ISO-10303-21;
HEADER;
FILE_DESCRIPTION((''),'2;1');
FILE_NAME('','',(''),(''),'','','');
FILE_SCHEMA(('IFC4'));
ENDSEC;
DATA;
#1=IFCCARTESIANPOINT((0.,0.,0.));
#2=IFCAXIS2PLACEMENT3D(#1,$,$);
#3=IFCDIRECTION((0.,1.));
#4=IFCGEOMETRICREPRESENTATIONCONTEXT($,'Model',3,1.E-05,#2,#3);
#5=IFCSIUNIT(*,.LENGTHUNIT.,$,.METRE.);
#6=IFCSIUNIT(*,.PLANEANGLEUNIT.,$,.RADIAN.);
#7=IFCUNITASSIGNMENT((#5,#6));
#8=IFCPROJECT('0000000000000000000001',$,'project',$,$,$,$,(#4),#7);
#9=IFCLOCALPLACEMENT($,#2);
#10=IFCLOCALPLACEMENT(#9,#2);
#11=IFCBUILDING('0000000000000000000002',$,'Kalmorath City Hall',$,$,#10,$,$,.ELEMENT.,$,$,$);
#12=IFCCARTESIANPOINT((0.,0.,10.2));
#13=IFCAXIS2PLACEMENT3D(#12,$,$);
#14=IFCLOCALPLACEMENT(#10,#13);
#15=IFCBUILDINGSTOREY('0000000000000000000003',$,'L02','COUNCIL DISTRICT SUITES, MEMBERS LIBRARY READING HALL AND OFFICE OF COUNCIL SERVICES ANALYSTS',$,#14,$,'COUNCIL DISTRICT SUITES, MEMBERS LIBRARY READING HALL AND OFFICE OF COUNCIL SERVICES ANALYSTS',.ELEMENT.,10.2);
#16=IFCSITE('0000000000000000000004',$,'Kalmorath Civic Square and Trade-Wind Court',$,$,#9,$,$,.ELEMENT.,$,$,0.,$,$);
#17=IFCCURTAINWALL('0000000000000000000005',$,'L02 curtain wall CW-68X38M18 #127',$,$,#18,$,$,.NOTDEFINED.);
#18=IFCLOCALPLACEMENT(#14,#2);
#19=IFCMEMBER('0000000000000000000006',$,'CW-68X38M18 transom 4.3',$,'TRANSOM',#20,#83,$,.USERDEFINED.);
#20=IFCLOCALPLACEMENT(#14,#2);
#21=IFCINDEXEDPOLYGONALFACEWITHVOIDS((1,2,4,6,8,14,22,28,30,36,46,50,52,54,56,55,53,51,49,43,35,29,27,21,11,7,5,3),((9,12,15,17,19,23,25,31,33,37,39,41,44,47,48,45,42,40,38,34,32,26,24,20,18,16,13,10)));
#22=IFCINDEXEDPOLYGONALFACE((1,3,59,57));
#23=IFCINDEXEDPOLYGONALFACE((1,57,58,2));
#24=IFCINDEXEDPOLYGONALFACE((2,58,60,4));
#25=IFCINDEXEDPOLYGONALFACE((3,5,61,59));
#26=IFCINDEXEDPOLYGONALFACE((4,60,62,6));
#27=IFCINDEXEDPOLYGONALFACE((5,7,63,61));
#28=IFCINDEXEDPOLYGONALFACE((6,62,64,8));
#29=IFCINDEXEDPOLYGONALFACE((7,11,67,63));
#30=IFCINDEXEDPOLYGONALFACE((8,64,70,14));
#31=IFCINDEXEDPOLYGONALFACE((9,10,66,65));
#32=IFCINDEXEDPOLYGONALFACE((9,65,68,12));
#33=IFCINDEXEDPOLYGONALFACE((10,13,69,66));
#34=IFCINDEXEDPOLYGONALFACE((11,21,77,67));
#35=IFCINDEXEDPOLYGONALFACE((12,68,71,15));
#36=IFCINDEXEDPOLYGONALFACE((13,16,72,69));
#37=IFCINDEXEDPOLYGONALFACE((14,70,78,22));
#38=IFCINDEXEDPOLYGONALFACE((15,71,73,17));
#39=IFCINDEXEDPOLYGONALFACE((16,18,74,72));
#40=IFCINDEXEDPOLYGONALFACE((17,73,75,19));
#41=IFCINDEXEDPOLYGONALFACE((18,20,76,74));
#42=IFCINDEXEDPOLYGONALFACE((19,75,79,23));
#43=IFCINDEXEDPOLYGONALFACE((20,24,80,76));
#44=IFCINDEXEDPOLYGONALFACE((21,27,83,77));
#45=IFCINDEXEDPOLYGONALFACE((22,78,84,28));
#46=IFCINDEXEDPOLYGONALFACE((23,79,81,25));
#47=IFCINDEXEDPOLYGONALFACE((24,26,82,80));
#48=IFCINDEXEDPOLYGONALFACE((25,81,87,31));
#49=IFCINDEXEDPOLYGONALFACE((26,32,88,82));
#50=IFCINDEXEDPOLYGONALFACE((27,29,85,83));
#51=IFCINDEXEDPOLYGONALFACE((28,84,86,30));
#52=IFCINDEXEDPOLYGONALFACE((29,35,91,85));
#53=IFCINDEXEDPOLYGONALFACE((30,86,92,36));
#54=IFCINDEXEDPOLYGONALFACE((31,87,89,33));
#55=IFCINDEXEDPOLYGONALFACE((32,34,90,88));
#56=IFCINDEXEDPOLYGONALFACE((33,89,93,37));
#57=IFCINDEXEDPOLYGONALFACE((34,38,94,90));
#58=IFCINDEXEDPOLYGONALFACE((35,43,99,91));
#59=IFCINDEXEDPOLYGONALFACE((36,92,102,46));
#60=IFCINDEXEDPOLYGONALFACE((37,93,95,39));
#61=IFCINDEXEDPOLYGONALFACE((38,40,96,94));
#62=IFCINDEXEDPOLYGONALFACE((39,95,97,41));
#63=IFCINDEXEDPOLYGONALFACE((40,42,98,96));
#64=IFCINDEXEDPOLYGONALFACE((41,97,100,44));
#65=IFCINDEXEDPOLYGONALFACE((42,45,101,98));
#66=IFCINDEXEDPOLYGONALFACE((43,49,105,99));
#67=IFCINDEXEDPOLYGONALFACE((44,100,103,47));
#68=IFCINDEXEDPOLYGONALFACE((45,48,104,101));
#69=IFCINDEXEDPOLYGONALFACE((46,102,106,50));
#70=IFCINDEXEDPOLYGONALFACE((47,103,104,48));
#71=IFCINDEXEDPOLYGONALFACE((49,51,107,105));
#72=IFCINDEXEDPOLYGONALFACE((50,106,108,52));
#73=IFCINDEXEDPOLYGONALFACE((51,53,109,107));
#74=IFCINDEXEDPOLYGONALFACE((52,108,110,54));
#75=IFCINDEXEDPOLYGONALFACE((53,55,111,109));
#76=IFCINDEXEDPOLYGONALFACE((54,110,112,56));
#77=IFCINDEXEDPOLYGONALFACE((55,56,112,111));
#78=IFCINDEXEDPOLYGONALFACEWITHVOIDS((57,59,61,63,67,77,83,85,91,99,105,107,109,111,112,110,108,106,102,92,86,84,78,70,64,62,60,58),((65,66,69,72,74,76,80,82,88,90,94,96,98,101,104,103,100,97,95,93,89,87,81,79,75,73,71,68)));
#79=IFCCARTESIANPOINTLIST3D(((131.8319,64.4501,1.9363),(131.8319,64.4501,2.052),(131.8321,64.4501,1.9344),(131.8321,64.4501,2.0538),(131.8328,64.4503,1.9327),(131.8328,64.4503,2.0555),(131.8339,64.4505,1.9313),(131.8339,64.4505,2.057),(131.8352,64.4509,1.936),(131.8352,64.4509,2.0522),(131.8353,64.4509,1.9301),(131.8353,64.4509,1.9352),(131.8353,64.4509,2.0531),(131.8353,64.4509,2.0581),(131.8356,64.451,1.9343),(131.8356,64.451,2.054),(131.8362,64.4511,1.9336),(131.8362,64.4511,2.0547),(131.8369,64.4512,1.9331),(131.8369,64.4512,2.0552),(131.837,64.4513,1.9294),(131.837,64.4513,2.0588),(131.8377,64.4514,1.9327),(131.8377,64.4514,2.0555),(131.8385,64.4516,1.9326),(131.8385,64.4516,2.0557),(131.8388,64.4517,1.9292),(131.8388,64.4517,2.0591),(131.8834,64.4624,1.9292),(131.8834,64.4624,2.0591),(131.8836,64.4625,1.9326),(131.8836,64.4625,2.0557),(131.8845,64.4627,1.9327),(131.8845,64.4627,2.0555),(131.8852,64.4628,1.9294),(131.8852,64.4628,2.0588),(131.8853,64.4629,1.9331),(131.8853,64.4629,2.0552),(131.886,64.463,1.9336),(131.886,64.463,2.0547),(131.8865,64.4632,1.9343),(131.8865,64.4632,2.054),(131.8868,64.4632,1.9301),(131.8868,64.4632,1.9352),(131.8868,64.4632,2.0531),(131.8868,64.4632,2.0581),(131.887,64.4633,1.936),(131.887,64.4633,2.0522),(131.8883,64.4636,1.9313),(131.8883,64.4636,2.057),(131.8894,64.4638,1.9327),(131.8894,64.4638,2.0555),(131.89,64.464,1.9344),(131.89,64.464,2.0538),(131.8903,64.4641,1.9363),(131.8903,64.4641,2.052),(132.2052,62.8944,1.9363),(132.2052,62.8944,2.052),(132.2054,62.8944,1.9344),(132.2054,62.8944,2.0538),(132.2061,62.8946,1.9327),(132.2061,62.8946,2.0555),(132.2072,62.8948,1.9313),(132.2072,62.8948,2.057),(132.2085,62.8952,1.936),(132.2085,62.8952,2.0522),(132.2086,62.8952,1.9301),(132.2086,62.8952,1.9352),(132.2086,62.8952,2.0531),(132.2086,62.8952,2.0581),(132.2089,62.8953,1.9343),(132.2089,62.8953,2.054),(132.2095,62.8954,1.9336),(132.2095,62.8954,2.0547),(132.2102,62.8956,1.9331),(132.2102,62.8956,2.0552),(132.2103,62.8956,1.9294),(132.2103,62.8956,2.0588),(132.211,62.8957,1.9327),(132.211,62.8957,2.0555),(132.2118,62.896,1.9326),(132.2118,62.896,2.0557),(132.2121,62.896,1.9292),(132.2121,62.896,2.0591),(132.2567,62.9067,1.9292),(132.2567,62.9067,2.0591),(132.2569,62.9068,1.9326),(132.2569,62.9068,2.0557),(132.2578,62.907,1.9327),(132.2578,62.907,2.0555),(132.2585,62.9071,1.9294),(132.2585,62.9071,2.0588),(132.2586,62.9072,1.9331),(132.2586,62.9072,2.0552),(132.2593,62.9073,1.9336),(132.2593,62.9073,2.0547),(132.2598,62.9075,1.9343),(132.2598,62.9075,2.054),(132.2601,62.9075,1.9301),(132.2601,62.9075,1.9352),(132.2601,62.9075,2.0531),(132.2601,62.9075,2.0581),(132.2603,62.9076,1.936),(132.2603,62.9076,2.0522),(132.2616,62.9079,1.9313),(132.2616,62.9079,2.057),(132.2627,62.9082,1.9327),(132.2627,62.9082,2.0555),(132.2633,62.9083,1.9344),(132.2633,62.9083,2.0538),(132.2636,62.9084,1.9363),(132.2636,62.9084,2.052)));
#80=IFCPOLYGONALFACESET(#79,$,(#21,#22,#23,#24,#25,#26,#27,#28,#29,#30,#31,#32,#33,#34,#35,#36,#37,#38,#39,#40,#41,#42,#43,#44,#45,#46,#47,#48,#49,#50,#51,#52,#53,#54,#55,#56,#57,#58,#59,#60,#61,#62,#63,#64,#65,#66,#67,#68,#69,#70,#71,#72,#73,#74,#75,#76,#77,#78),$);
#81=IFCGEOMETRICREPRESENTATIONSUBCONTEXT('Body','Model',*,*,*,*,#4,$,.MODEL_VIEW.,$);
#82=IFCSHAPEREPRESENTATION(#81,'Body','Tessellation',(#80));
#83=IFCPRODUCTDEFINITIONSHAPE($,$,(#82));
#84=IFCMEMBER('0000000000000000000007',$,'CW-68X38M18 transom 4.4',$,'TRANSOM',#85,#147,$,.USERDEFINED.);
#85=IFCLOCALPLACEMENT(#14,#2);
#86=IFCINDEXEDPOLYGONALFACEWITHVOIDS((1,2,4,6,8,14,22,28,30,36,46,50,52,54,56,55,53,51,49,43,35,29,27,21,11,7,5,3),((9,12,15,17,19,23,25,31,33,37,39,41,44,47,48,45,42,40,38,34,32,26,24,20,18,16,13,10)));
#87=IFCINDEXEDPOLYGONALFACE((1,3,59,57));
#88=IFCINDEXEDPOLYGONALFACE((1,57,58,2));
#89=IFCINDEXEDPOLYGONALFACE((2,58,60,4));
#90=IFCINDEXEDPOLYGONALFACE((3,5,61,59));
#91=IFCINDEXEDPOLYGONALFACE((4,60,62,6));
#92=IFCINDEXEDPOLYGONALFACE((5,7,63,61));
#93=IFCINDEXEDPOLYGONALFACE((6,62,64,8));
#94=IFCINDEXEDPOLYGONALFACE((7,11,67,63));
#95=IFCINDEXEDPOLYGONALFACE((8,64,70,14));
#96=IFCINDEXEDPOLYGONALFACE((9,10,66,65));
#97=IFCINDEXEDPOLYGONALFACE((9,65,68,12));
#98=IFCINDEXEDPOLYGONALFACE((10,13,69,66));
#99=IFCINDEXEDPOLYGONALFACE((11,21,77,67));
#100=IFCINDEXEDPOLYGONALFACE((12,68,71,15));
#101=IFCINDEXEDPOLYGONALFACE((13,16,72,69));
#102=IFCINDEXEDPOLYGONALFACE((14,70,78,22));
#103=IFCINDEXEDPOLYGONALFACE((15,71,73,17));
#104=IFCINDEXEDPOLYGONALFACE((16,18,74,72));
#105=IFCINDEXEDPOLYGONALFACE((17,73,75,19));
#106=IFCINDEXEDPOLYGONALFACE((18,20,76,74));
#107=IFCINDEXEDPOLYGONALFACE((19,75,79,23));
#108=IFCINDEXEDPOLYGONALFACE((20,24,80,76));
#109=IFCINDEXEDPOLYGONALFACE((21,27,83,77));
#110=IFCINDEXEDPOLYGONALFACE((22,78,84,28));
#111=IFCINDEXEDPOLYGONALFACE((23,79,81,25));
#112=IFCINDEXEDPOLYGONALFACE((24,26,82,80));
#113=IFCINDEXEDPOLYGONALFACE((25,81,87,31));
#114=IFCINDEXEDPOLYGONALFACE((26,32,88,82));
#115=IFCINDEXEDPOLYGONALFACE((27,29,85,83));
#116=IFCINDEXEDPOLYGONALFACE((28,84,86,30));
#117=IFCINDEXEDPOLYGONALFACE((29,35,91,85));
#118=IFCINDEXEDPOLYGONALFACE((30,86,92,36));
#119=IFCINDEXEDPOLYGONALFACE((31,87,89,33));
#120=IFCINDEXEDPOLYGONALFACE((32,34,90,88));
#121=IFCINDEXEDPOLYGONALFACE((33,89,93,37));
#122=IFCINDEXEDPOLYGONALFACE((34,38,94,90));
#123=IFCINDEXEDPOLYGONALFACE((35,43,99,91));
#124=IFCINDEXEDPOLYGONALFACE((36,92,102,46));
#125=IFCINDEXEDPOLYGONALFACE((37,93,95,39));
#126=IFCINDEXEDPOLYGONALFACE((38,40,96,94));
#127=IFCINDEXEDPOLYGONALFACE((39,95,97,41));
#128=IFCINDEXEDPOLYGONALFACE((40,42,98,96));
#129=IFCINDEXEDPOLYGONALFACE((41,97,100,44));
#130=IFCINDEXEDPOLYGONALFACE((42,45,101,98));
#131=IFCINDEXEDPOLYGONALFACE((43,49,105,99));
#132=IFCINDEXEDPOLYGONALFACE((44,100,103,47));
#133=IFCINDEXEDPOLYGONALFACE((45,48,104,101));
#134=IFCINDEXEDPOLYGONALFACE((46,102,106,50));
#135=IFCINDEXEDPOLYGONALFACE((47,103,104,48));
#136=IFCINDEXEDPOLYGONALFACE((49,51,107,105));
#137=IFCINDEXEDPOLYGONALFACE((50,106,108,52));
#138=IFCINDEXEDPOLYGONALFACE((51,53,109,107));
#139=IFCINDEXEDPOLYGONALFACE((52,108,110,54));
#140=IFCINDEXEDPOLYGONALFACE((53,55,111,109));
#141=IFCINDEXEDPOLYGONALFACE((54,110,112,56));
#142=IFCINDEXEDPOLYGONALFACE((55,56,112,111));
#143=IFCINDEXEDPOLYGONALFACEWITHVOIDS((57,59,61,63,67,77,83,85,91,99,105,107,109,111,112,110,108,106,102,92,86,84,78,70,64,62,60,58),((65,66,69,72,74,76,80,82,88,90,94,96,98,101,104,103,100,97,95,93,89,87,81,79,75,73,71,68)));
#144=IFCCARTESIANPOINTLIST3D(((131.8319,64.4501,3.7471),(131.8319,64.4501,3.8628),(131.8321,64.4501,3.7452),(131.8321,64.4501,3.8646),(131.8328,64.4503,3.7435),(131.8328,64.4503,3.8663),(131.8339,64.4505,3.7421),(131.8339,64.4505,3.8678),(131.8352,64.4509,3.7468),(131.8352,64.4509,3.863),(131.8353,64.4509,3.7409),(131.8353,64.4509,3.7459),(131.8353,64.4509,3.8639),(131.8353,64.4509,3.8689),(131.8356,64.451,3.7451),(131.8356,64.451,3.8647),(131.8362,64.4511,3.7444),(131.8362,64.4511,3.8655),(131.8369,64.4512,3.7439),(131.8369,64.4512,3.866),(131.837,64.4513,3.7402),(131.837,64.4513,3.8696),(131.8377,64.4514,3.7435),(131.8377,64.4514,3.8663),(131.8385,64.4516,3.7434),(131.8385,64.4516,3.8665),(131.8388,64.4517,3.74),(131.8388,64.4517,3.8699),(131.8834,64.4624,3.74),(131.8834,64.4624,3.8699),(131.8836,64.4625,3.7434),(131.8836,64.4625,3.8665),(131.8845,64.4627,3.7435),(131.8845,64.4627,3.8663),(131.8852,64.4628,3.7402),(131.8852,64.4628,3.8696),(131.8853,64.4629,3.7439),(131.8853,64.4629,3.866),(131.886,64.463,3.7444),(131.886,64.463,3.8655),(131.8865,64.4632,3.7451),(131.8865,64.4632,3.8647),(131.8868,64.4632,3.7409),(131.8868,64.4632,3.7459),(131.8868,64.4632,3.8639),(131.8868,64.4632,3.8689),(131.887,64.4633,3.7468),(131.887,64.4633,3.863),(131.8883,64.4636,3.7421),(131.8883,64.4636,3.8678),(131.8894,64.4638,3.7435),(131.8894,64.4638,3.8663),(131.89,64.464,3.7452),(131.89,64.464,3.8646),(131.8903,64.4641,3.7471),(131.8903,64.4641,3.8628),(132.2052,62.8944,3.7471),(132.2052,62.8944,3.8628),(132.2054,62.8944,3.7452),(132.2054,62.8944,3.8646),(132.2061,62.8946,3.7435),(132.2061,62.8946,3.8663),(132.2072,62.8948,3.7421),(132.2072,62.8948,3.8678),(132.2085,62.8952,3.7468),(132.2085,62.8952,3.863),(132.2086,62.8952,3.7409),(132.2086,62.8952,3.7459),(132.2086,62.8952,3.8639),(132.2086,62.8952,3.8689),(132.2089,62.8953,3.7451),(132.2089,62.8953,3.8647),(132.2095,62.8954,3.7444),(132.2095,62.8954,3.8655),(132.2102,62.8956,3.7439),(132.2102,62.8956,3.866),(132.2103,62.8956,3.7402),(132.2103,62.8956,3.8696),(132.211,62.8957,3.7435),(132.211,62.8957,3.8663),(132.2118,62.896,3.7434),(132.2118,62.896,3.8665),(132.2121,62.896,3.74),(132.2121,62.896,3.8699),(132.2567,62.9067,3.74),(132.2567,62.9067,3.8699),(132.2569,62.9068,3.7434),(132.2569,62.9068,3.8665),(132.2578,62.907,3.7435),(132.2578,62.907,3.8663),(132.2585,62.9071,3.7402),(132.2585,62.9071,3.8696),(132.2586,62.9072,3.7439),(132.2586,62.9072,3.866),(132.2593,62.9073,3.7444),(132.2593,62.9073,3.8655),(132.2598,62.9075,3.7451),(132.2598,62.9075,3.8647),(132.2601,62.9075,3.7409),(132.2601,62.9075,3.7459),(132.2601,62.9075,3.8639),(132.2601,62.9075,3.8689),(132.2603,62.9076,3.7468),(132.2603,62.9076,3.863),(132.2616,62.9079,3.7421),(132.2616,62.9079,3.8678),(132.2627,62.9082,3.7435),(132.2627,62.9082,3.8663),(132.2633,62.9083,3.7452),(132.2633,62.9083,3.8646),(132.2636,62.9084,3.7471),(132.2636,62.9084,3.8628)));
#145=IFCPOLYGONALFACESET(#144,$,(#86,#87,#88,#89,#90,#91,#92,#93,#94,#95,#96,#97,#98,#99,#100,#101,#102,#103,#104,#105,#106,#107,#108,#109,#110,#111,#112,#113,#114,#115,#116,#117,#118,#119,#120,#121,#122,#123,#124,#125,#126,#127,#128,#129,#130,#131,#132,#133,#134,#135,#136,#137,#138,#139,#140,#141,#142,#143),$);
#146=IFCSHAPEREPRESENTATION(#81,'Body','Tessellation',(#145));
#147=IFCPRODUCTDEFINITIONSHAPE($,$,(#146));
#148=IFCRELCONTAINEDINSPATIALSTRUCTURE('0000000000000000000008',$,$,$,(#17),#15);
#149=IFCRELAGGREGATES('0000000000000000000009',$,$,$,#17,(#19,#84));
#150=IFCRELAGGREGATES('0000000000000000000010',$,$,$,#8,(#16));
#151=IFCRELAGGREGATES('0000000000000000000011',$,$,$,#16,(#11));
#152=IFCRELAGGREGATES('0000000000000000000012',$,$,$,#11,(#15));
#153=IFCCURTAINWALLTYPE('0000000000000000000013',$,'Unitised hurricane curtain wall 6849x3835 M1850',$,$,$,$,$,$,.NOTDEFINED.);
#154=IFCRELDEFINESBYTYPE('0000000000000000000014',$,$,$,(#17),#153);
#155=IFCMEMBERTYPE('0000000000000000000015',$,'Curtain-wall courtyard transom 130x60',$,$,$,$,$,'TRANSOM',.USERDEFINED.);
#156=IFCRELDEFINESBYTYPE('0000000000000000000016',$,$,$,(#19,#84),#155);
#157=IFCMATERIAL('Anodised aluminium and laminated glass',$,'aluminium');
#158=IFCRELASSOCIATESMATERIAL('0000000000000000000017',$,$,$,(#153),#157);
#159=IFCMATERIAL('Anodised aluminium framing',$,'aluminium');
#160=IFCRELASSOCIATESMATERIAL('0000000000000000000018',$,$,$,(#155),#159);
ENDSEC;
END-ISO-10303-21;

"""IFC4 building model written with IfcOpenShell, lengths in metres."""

from ifc_helpers import new_model, si_unit, direction, frame, origin, origin_2d, place, context, subcontext, project, spatial, hollow_rectangle, extrude, material, material_profile, profile_set, type_object, element, aggregate, save


model = new_model("IFC4")

# Units and contexts
model_context = context("Model", 3, precision=1e-05, world=origin(), true_north=direction((0.0, 1.0)))
body_context = subcontext(model_context, "Body", "Model", "MODEL_VIEW")
ifc_project = project(units=[si_unit("LENGTHUNIT", "METRE"), si_unit("PLANEANGLEUNIT", "RADIAN")], contexts=[model_context])

# Site, building, storey
site_placement = place(None, origin())
site = spatial("IfcSite", under=ifc_project, at=site_placement, Name="Kalmorath Civic Square and Trade-Wind Court", CompositionType="ELEMENT", RefElevation=0.0)
building_placement = place(site_placement, origin())
building = spatial("IfcBuilding", under=site, at=building_placement, Name="Kalmorath City Hall", CompositionType="ELEMENT")
storey_placement = place(building_placement, frame((0.0, 0.0, 10.2)))
storey = spatial("IfcBuildingStorey", under=building, at=storey_placement, Name="L02", Description="COUNCIL DISTRICT SUITES, MEMBERS LIBRARY READING HALL AND OFFICE OF COUNCIL SERVICES ANALYSTS", LongName="COUNCIL DISTRICT SUITES, MEMBERS LIBRARY READING HALL AND OFFICE OF COUNCIL SERVICES ANALYSTS", CompositionType="ELEMENT", Elevation=10.2)

# Curtain wall, members
ifc_material_1 = material(Name="Anodised aluminium and laminated glass", Category="aluminium")
curtain_wall_type = type_object("IfcCurtainWallType", Name="Unitised hurricane curtain wall 6849x3835 M1850", PredefinedType="NOTDEFINED", material=ifc_material_1)
curtain_wall_1_placement = place(storey_placement, origin())
curtain_wall_1 = element("IfcCurtainWall", 1, at=curtain_wall_1_placement, inside=storey, type_object=curtain_wall_type, Name="L02 curtain wall CW-68X38M18 #127", PredefinedType="NOTDEFINED")
ifc_material_2 = material(Name="Anodised aluminium framing", Category="aluminium")
ifc_material_profile_1 = material_profile(ifc_material_2, hollow_rectangle(XDim=0.0601, YDim=0.1299, WallThickness=0.0034, InnerFilletRadius=0.0034, OuterFilletRadius=0.0071, at=origin_2d()), Name="ALU-TRN-130X60X3.5")
ifc_profile_set_1 = profile_set([ifc_material_profile_1], Name="Anodised aluminium framing")
member_type_1 = type_object("IfcMemberType", Name="Curtain-wall courtyard transom 130x60", ElementType="TRANSOM", PredefinedType="USERDEFINED", material=ifc_profile_set_1)
member_1_placement = place(storey_placement, frame((132.2344, 62.9014, 1.9941), z_axis=(-0.233333, 0.972397, 0.0), x_axis=(-0.972397, -0.233333, 0.0)))
member_1 = element("IfcMember", 2, at=member_1_placement, type_object=member_type_1, Name="CW-68X38M18 transom 4.3", ObjectType="TRANSOM", PredefinedType="USERDEFINED", context=body_context, shape_type="SweptSolid", body=[
    extrude(hollow_rectangle(XDim=0.0601, YDim=0.1299, WallThickness=0.0034, InnerFilletRadius=0.0034, OuterFilletRadius=0.0071, at=origin_2d()), origin(), (0.0, 0.0, 1.0), 1.5999),
])
member_2_placement = place(storey_placement, frame((132.2344, 62.9014, 3.8049), z_axis=(-0.233333, 0.972397, 0.0), x_axis=(-0.972397, -0.233333, 0.0)))
member_2 = element("IfcMember", 3, at=member_2_placement, type_object=member_type_1, Name="CW-68X38M18 transom 4.4", ObjectType="TRANSOM", PredefinedType="USERDEFINED", context=body_context, shape_type="SweptSolid", body=[
    extrude(hollow_rectangle(XDim=0.0601, YDim=0.1299, WallThickness=0.0034, InnerFilletRadius=0.0034, OuterFilletRadius=0.0071, at=origin_2d()), origin(), (0.0, 0.0, 1.0), 1.5999),
])

aggregate(curtain_wall_1, [member_1, member_2])

save(model, "model.ifc")
